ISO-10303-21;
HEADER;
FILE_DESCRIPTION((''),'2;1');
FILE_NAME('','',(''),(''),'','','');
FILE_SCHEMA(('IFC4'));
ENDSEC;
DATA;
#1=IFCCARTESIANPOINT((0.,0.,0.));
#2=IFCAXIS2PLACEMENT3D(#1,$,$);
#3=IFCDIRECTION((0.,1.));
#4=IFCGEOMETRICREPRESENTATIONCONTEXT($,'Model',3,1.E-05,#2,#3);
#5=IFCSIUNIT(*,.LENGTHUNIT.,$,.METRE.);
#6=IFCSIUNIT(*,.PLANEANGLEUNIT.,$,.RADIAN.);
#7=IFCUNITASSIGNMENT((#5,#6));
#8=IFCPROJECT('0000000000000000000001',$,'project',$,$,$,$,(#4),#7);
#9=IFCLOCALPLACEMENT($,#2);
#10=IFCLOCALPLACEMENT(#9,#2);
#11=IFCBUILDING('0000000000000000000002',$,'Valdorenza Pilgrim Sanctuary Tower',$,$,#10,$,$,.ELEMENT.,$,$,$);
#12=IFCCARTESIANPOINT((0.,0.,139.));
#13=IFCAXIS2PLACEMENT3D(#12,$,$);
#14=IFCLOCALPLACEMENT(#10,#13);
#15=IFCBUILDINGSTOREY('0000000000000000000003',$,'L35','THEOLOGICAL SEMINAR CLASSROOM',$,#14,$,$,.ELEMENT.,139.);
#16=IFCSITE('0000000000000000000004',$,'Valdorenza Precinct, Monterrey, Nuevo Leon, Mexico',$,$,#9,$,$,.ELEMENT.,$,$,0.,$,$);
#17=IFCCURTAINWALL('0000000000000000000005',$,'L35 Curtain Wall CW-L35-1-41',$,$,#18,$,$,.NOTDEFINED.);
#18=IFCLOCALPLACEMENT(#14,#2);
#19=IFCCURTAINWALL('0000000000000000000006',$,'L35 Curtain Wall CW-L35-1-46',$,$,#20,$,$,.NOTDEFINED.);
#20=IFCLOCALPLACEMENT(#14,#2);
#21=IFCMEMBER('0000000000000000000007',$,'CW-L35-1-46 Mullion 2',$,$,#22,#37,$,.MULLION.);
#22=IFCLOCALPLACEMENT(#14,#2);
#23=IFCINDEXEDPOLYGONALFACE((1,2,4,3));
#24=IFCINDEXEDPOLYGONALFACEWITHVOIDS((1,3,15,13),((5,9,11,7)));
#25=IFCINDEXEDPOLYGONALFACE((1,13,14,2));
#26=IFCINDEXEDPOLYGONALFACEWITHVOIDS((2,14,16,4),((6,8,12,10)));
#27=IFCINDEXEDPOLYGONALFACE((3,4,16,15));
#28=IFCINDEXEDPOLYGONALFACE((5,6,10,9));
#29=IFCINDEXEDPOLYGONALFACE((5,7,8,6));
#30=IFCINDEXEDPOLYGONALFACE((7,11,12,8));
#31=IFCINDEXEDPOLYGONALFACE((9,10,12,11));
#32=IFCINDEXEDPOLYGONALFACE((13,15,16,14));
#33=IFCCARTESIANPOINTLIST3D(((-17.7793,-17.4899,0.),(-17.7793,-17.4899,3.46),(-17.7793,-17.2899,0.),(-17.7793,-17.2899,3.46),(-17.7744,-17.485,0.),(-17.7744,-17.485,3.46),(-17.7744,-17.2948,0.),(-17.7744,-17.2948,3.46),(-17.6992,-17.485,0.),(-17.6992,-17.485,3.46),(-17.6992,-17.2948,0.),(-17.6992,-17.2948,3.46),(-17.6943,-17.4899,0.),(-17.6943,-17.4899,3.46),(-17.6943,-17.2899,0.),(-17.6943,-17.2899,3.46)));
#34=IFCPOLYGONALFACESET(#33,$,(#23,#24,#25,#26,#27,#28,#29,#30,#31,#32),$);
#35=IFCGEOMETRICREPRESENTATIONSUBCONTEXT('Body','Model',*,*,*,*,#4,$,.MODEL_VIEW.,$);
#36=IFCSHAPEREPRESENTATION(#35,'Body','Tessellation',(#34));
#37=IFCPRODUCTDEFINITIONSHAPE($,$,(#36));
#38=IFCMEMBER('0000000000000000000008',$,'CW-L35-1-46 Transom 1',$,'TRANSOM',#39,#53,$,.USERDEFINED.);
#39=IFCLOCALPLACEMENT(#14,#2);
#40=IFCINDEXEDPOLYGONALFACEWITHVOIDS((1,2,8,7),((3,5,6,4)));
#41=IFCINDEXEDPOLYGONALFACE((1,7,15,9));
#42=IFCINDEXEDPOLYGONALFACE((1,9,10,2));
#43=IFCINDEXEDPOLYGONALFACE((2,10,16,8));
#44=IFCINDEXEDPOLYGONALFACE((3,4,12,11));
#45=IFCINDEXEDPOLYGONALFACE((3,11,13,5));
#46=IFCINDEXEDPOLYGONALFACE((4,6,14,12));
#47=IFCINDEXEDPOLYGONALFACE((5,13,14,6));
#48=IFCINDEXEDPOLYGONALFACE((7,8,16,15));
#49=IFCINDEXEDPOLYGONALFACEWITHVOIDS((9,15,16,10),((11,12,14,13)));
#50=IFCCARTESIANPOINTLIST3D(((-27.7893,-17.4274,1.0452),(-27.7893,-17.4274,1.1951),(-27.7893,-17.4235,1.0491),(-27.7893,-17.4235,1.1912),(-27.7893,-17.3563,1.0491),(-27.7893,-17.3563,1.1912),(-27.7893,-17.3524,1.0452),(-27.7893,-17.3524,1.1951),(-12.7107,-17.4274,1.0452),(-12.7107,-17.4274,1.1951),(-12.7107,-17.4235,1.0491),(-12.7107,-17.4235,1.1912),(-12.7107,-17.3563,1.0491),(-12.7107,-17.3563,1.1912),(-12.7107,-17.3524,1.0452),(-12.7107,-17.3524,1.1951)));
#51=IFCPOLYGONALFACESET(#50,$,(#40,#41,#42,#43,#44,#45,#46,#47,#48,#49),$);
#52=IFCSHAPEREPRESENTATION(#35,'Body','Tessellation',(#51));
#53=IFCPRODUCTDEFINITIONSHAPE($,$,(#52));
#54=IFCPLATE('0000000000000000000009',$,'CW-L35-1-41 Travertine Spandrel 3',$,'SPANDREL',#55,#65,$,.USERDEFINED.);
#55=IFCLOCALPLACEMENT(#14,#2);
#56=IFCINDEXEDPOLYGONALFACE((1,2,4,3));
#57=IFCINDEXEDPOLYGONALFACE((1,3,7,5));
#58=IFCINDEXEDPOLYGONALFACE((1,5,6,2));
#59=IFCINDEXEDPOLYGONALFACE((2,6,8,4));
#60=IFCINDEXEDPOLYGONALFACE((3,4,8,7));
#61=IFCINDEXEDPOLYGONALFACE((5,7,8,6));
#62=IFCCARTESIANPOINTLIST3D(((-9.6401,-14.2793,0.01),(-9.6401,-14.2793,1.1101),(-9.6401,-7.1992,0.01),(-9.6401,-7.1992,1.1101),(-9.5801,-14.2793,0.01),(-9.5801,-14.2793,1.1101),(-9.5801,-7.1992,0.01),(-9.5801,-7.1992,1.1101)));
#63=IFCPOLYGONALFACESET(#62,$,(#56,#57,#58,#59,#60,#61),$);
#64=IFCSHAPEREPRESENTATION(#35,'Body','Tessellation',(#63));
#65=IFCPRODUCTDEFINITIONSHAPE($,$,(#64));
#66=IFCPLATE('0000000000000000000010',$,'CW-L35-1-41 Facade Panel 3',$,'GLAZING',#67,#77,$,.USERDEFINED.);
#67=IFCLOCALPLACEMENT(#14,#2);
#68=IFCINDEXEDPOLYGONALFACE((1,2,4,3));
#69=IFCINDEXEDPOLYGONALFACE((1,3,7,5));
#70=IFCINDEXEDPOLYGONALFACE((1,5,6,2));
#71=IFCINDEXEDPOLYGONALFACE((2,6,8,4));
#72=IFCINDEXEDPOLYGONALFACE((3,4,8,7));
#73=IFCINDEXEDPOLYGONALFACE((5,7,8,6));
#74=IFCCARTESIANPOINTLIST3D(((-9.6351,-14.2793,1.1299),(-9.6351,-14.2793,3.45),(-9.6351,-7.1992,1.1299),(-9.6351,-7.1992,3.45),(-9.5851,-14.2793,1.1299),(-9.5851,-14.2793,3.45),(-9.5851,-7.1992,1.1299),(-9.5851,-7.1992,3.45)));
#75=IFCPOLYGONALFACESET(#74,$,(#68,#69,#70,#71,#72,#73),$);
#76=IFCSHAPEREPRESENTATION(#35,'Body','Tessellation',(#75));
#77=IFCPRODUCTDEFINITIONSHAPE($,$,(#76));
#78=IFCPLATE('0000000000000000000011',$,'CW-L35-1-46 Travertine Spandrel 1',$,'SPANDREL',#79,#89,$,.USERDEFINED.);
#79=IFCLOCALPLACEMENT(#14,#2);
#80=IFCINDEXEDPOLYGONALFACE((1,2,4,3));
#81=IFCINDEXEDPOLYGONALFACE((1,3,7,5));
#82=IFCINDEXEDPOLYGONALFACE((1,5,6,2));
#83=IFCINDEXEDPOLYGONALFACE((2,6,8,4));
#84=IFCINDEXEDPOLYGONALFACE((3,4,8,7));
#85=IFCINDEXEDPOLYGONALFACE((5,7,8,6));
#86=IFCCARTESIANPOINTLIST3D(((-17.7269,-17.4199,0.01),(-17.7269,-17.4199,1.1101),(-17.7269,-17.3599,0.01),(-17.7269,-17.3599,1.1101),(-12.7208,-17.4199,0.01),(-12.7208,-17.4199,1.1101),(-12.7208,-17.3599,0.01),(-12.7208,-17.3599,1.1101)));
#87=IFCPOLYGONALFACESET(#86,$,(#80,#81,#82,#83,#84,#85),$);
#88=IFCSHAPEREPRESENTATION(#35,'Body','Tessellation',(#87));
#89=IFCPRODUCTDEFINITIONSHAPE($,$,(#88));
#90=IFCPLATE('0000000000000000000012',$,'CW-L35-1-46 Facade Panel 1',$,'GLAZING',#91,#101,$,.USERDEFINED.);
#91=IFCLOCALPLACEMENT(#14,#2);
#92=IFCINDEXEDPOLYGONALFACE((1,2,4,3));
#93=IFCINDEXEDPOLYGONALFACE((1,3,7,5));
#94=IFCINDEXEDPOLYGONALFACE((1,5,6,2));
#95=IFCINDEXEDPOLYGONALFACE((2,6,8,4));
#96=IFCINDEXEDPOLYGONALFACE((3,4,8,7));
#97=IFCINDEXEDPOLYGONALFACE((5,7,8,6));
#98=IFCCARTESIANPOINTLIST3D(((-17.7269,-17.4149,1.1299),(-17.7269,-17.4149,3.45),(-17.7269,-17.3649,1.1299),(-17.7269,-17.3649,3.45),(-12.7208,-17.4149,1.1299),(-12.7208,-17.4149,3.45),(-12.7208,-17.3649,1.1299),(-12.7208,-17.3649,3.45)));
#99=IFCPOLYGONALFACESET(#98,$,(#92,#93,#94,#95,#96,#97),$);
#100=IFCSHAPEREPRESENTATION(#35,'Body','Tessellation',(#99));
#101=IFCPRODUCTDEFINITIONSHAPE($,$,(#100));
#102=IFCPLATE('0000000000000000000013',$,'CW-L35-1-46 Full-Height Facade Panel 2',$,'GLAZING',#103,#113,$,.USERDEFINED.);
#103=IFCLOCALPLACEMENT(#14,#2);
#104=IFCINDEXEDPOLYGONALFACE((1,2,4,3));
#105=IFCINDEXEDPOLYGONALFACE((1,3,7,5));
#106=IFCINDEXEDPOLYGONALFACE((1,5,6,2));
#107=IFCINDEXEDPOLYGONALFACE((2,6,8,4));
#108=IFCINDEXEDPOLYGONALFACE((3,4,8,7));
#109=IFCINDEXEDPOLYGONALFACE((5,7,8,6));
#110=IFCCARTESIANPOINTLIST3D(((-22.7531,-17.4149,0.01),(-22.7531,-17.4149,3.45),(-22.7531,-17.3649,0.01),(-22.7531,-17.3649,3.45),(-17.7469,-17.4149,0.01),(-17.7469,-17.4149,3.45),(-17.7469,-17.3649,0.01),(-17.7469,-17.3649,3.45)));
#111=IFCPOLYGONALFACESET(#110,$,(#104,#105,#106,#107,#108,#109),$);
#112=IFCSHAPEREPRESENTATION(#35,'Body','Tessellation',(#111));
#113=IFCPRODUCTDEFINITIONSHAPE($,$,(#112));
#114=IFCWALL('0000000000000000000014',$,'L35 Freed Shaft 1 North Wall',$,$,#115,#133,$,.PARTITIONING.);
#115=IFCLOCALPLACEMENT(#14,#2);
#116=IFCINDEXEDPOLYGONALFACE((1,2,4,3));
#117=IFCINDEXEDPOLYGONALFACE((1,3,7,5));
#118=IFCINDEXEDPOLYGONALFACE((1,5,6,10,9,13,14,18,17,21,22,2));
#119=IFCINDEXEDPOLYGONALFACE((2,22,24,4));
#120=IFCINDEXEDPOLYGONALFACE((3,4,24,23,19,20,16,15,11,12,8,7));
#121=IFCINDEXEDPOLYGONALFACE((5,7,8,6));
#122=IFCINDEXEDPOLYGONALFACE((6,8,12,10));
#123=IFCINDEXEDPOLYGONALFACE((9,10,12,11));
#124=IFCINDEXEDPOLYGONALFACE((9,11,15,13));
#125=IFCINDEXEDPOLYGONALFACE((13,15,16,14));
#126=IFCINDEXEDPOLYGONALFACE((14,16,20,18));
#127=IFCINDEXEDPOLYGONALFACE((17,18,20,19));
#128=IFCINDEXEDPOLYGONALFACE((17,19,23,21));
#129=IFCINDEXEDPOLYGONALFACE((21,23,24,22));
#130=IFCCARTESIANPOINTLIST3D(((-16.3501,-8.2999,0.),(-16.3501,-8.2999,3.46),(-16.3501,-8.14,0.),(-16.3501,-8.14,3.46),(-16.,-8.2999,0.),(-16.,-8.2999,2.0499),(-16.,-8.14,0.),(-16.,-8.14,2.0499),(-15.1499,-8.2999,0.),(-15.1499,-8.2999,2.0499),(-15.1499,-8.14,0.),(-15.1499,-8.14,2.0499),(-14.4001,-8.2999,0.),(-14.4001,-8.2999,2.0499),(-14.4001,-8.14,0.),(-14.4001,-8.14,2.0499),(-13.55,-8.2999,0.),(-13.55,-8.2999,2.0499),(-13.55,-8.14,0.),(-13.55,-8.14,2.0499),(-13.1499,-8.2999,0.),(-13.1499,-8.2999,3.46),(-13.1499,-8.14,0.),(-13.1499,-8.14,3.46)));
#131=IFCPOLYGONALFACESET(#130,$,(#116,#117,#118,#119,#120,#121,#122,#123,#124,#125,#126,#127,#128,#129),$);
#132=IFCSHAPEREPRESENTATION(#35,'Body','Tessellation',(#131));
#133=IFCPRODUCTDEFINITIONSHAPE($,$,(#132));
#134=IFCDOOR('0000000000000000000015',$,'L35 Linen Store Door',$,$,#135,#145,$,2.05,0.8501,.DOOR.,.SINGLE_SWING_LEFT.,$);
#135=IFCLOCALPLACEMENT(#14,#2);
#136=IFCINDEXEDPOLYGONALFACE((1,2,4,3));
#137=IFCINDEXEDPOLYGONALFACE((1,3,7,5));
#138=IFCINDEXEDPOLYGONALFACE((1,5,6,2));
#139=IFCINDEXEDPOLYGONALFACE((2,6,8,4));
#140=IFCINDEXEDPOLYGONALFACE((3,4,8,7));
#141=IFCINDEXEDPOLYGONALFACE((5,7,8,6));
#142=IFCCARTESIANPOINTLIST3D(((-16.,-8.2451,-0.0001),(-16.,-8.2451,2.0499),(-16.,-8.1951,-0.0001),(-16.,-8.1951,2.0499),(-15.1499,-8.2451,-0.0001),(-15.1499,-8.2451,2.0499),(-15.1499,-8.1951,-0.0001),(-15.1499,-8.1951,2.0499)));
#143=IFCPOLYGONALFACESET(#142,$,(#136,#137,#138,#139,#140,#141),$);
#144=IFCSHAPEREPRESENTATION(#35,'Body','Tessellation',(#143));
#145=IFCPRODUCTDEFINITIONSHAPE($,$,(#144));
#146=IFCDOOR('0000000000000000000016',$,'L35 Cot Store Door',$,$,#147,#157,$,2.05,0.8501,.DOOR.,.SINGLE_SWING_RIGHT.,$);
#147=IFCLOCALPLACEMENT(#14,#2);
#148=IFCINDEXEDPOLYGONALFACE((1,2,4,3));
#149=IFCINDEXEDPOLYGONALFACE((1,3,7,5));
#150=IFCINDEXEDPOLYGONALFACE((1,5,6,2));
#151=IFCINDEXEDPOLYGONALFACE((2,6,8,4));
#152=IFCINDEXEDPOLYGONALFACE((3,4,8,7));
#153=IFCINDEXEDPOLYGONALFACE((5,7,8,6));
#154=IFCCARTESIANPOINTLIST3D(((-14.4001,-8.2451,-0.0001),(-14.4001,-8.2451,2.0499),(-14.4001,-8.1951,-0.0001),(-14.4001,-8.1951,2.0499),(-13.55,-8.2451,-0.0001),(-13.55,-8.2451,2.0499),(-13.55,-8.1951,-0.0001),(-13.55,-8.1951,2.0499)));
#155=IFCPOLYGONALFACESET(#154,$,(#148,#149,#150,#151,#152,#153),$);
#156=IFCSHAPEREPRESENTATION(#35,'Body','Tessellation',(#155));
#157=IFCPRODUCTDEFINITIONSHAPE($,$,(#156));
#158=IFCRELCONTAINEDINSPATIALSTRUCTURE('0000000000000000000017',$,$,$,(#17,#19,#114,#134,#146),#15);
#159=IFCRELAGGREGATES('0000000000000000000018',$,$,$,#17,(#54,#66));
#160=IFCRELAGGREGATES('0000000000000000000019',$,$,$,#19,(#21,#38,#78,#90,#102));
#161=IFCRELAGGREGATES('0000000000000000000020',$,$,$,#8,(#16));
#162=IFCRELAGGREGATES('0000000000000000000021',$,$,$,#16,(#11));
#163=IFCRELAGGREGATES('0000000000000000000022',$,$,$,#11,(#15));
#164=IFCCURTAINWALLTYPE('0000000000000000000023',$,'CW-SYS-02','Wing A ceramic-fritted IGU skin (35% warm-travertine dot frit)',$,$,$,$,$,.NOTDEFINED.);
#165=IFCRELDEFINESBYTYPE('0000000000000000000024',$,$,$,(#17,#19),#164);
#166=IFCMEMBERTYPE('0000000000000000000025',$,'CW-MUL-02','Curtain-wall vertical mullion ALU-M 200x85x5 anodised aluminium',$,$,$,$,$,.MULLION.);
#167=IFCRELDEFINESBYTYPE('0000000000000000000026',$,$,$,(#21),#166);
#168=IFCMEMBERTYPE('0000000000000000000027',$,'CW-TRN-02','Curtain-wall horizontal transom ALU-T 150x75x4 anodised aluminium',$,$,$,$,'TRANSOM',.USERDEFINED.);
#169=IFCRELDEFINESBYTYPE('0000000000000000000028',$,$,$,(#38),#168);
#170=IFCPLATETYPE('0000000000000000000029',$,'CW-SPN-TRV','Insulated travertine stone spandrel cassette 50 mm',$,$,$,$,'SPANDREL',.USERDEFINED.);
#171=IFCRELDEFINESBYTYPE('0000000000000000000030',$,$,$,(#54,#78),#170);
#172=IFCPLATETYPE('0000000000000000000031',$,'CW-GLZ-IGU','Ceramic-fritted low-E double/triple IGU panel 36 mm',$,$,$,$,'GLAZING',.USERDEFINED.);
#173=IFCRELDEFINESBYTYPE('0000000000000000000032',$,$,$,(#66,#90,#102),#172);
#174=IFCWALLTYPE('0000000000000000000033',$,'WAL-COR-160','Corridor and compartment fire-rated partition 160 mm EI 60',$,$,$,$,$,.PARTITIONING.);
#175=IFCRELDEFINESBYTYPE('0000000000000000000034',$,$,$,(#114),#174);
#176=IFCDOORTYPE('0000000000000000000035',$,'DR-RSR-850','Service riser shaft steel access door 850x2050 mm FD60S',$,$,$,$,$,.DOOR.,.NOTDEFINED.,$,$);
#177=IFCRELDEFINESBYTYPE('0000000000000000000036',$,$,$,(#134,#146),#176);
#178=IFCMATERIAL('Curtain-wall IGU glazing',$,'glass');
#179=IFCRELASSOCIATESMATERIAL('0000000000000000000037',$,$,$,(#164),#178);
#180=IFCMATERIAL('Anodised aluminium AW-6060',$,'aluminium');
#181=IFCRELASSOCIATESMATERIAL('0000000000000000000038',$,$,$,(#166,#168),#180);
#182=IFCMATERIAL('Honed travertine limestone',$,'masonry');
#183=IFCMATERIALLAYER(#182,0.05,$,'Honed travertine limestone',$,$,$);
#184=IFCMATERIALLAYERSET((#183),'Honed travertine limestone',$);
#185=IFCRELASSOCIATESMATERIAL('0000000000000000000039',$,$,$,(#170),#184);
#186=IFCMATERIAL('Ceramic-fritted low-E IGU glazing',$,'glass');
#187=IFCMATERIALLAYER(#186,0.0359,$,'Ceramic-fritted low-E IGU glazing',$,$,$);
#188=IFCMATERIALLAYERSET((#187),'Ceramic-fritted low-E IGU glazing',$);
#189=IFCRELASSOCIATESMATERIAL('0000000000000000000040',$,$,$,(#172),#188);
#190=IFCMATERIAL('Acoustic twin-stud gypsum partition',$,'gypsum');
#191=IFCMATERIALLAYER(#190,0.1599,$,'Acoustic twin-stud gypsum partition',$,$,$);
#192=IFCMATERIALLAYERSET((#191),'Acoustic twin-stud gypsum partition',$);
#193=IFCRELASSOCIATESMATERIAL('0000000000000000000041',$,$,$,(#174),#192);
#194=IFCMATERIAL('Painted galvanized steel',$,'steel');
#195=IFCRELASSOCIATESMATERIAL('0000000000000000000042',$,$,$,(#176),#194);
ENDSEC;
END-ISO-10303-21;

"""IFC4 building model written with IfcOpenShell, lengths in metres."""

from ifc_helpers import new_model, si_unit, direction, frame, frame_2d, origin, origin_2d, place, context, subcontext, project, spatial, rectangle, hollow_rectangle, extrude, source, transform, mapped, material, layer, layer_set, material_profile, profile_set, type_object, element, fill, aggregate, save


model = new_model("IFC4")

# Units and contexts
model_context = context("Model", 3, precision=1e-05, world=origin(), true_north=direction((0.0, 1.0)))
body_context = subcontext(model_context, "Body", "Model", "MODEL_VIEW")
ifc_project = project(units=[si_unit("LENGTHUNIT", "METRE"), si_unit("PLANEANGLEUNIT", "RADIAN")], contexts=[model_context])

# Site, building, storey
site_placement = place(None, origin())
site = spatial("IfcSite", under=ifc_project, at=site_placement, Name="Valdorenza Precinct, Monterrey, Nuevo Leon, Mexico", CompositionType="ELEMENT", RefElevation=0.0)
building_placement = place(site_placement, origin())
building = spatial("IfcBuilding", under=site, at=building_placement, Name="Valdorenza Pilgrim Sanctuary Tower", CompositionType="ELEMENT")
storey_placement = place(building_placement, frame((0.0, 0.0, 139.0)))
storey = spatial("IfcBuildingStorey", under=building, at=storey_placement, Name="L35", Description="THEOLOGICAL SEMINAR CLASSROOM", CompositionType="ELEMENT", Elevation=139.0)

# Curtain wall
ifc_material_1 = material(Name="Curtain-wall IGU glazing", Category="glass")
curtain_wall_type = type_object("IfcCurtainWallType", Name="CW-SYS-02", Description="Wing A ceramic-fritted IGU skin (35% warm-travertine dot frit)", PredefinedType="NOTDEFINED", material=ifc_material_1)
curtain_wall_1_placement = place(storey_placement, origin())
curtain_wall_1 = element("IfcCurtainWall", 1, at=curtain_wall_1_placement, inside=storey, type_object=curtain_wall_type, Name="L35 Curtain Wall CW-L35-1-41", PredefinedType="NOTDEFINED")
ifc_material_2 = material(Name="Anodised aluminium AW-6060", Category="aluminium")
ifc_material_profile_1 = material_profile(ifc_material_2, hollow_rectangle(XDim=0.085, YDim=0.2, WallThickness=0.0049, at=origin_2d()), Name="ALU-M 200x85x5")
ifc_profile_set_1 = profile_set([ifc_material_profile_1], Name="Anodised aluminium AW-6060")
member_type_1 = type_object("IfcMemberType", Name="CW-MUL-02", Description="Curtain-wall vertical mullion ALU-M 200x85x5 anodised aluminium", PredefinedType="MULLION", material=ifc_profile_set_1)
shared_shape_1 = source(origin(), body_context, "Body", "SweptSolid", [
    extrude(hollow_rectangle(XDim=0.085, YDim=0.2, WallThickness=0.0049, at=origin_2d()), origin(), (0.0, 0.0, 1.0), 3.46),
])

# Curtain wall, members
curtain_wall_2_placement = place(storey_placement, origin())
curtain_wall_2 = element("IfcCurtainWall", 2, at=curtain_wall_2_placement, inside=storey, type_object=curtain_wall_type, Name="L35 Curtain Wall CW-L35-1-46", PredefinedType="NOTDEFINED")
member_1_placement = place(storey_placement, frame((-17.7368, -17.3899, 0.0), z_axis=(0.0, 0.0, 1.0), x_axis=(-1.0, 0.0, 0.0)))
member_1 = element("IfcMember", 3, at=member_1_placement, type_object=member_type_1, Name="CW-L35-1-46 Mullion 2", PredefinedType="MULLION", context=body_context, shape_type="MappedRepresentation", body=[
    mapped(shared_shape_1, transform((0.0, 0.0, 0.0), x_axis=(1.0, 0.0, 0.0), y_axis=(0.0, 1.0, 0.0), z_axis=(0.0, 0.0, 1.0), scale=1.0)),
])
ifc_material_profile_2 = material_profile(ifc_material_2, hollow_rectangle(XDim=0.075, YDim=0.1499, WallThickness=0.0039, at=origin_2d()), Name="ALU-T 150x75x4")
ifc_profile_set_2 = profile_set([ifc_material_profile_2], Name="Anodised aluminium AW-6060")
member_type_2 = type_object("IfcMemberType", Name="CW-TRN-02", Description="Curtain-wall horizontal transom ALU-T 150x75x4 anodised aluminium", ElementType="TRANSOM", PredefinedType="USERDEFINED", material=ifc_profile_set_2)
shared_shape_2 = source(origin(), body_context, "Body", "SweptSolid", [
    extrude(hollow_rectangle(XDim=0.075, YDim=0.1499, WallThickness=0.0039, at=origin_2d()), origin(), (0.0, 0.0, 1.0), 15.0786),
])
member_2_placement = place(storey_placement, frame((-12.7107, -17.3899, 1.1201), z_axis=(-1.0, 0.0, 0.0), x_axis=(0.0, -1.0, 0.0)))
member_2 = element("IfcMember", 4, at=member_2_placement, type_object=member_type_2, Name="CW-L35-1-46 Transom 1", ObjectType="TRANSOM", PredefinedType="USERDEFINED", context=body_context, shape_type="MappedRepresentation", body=[
    mapped(shared_shape_2, transform((0.0, 0.0, 0.0), x_axis=(1.0, 0.0, 0.0), y_axis=(0.0, 1.0, 0.0), z_axis=(0.0, 0.0, 1.0), scale=1.0)),
])

# Plates
ifc_material_3 = material(Name="Honed travertine limestone", Category="masonry")
ifc_layer_1 = layer(ifc_material_3, 0.05, Name="Honed travertine limestone")
ifc_layer_set_1 = layer_set([ifc_layer_1], Name="Honed travertine limestone")
plate_type_1 = type_object("IfcPlateType", Name="CW-SPN-TRV", Description="Insulated travertine stone spandrel cassette 50 mm", ElementType="SPANDREL", PredefinedType="USERDEFINED", material=ifc_layer_set_1)
shared_shape_3 = source(origin(), body_context, "Body", "SweptSolid", [
    extrude(rectangle(XDim=7.0801, YDim=0.0601, at=origin_2d()), origin(), (0.0, 0.0, 1.0), 1.1001),
])
plate_1_placement = place(storey_placement, frame((-9.6101, -10.7393, 0.01), z_axis=(0.0, 0.0, 1.0), x_axis=(0.0, -1.0, 0.0)))
plate_1 = element("IfcPlate", 5, at=plate_1_placement, type_object=plate_type_1, Name="CW-L35-1-41 Travertine Spandrel 3", ObjectType="SPANDREL", PredefinedType="USERDEFINED", context=body_context, shape_type="MappedRepresentation", body=[
    mapped(shared_shape_3, transform((0.0, 0.0, 0.0), x_axis=(1.0, 0.0, 0.0), y_axis=(0.0, 1.0, 0.0), z_axis=(0.0, 0.0, 1.0), scale=1.0)),
])
ifc_material_4 = material(Name="Ceramic-fritted low-E IGU glazing", Category="glass")
ifc_layer_2 = layer(ifc_material_4, 0.0359, Name="Ceramic-fritted low-E IGU glazing")
ifc_layer_set_2 = layer_set([ifc_layer_2], Name="Ceramic-fritted low-E IGU glazing")
plate_type_2 = type_object("IfcPlateType", Name="CW-GLZ-IGU", Description="Ceramic-fritted low-E double/triple IGU panel 36 mm", ElementType="GLAZING", PredefinedType="USERDEFINED", material=ifc_layer_set_2)
shared_shape_4 = source(origin(), body_context, "Body", "SweptSolid", [
    extrude(rectangle(XDim=7.0801, YDim=0.05, at=origin_2d()), origin(), (0.0, 0.0, 1.0), 2.3201),
])
plate_2_placement = place(storey_placement, frame((-9.6101, -10.7393, 1.1299), z_axis=(0.0, 0.0, 1.0), x_axis=(0.0, -1.0, 0.0)))
plate_2 = element("IfcPlate", 6, at=plate_2_placement, type_object=plate_type_2, Name="CW-L35-1-41 Facade Panel 3", ObjectType="GLAZING", PredefinedType="USERDEFINED", context=body_context, shape_type="MappedRepresentation", body=[
    mapped(shared_shape_4, transform((0.0, 0.0, 0.0), x_axis=(1.0, 0.0, 0.0), y_axis=(0.0, 1.0, 0.0), z_axis=(0.0, 0.0, 1.0), scale=1.0)),
])
aggregate(curtain_wall_1, [plate_1, plate_2])
shared_shape_5 = source(origin(), body_context, "Body", "SweptSolid", [
    extrude(rectangle(XDim=5.0061, YDim=0.0601, at=origin_2d()), origin(), (0.0, 0.0, 1.0), 1.1001),
])
plate_3_placement = place(storey_placement, frame((-15.2239, -17.3899, 0.01), z_axis=(0.0, 0.0, 1.0), x_axis=(-1.0, 0.0, 0.0)))
plate_3 = element("IfcPlate", 7, at=plate_3_placement, type_object=plate_type_1, Name="CW-L35-1-46 Travertine Spandrel 1", ObjectType="SPANDREL", PredefinedType="USERDEFINED", context=body_context, shape_type="MappedRepresentation", body=[
    mapped(shared_shape_5, transform((0.0, 0.0, 0.0), x_axis=(1.0, 0.0, 0.0), y_axis=(0.0, 1.0, 0.0), z_axis=(0.0, 0.0, 1.0), scale=1.0)),
])
shared_shape_6 = source(origin(), body_context, "Body", "SweptSolid", [
    extrude(rectangle(XDim=5.0061, YDim=0.05, at=origin_2d()), origin(), (0.0, 0.0, 1.0), 2.3201),
])
plate_4_placement = place(storey_placement, frame((-15.2239, -17.3899, 1.1299), z_axis=(0.0, 0.0, 1.0), x_axis=(-1.0, 0.0, 0.0)))
plate_4 = element("IfcPlate", 8, at=plate_4_placement, type_object=plate_type_2, Name="CW-L35-1-46 Facade Panel 1", ObjectType="GLAZING", PredefinedType="USERDEFINED", context=body_context, shape_type="MappedRepresentation", body=[
    mapped(shared_shape_6, transform((0.0, 0.0, 0.0), x_axis=(1.0, 0.0, 0.0), y_axis=(0.0, 1.0, 0.0), z_axis=(0.0, 0.0, 1.0), scale=1.0)),
])
shared_shape_7 = source(origin(), body_context, "Body", "SweptSolid", [
    extrude(rectangle(XDim=5.0061, YDim=0.05, at=origin_2d()), origin(), (0.0, 0.0, 1.0), 3.4399),
])
plate_5_placement = place(storey_placement, frame((-20.25, -17.3899, 0.01), z_axis=(0.0, 0.0, 1.0), x_axis=(-1.0, 0.0, 0.0)))
plate_5 = element("IfcPlate", 9, at=plate_5_placement, type_object=plate_type_2, Name="CW-L35-1-46 Full-Height Facade Panel 2", ObjectType="GLAZING", PredefinedType="USERDEFINED", context=body_context, shape_type="MappedRepresentation", body=[
    mapped(shared_shape_7, transform((0.0, 0.0, 0.0), x_axis=(1.0, 0.0, 0.0), y_axis=(0.0, 1.0, 0.0), z_axis=(0.0, 0.0, 1.0), scale=1.0)),
])
aggregate(curtain_wall_2, [member_1, member_2, plate_3, plate_4, plate_5])

# Wall, openings, doors
ifc_material_5 = material(Name="Acoustic twin-stud gypsum partition", Category="gypsum")
ifc_layer_3 = layer(ifc_material_5, 0.1599, Name="Acoustic twin-stud gypsum partition")
ifc_layer_set_3 = layer_set([ifc_layer_3], Name="Acoustic twin-stud gypsum partition")
wall_type_1 = type_object("IfcWallType", Name="WAL-COR-160", Description="Corridor and compartment fire-rated partition 160 mm EI 60", PredefinedType="PARTITIONING", material=ifc_layer_set_3)
wall_1_placement = place(storey_placement, frame((-16.3501, -8.22, 0.0), z_axis=(0.0, 0.0, 1.0), x_axis=(1.0, 0.0, 0.0)))
wall_1 = element("IfcWall", 10, at=wall_1_placement, inside=storey, type_object=wall_type_1, Name="L35 Freed Shaft 1 North Wall", PredefinedType="PARTITIONING", context=body_context, shape_type="SweptSolid", body=[
    extrude(rectangle(XDim=3.2002, YDim=0.1599, at=frame_2d((1.6001, 0.0))), origin(), (0.0, 0.0, 1.0), 3.46),
])
opening_1_placement = place(wall_1_placement, frame((0.3501, 0.0, 0.0)))
opening_1 = element("IfcOpeningElement", 11, at=opening_1_placement, cuts=wall_1, PredefinedType="OPENING", context=body_context, shape_type="SweptSolid", body=[
    extrude(rectangle(XDim=0.8501, YDim=2.05, at=frame_2d((0.425, 1.0249))), frame((0.0, 0.0947, 0.0), z_axis=(0.0, -1.0, 0.0), x_axis=(1.0, 0.0, 0.0)), (0.0, 0.0, 1.0), 0.1897),
])
opening_2_placement = place(wall_1_placement, frame((1.95, 0.0, 0.0)))
opening_2 = element("IfcOpeningElement", 12, at=opening_2_placement, cuts=wall_1, PredefinedType="OPENING", context=body_context, shape_type="SweptSolid", body=[
    extrude(rectangle(XDim=0.8501, YDim=2.05, at=frame_2d((0.425, 1.0249))), frame((0.0, 0.0947, 0.0), z_axis=(0.0, -1.0, 0.0), x_axis=(1.0, 0.0, 0.0)), (0.0, 0.0, 1.0), 0.1897),
])
ifc_material_6 = material(Name="Painted galvanized steel", Category="steel")
door_type_1 = type_object("IfcDoorType", Name="DR-RSR-850", Description="Service riser shaft steel access door 850x2050 mm FD60S", OperationType="NOTDEFINED", PredefinedType="DOOR", material=ifc_material_6)
door_1_placement = place(opening_1_placement, origin())
door_1 = element("IfcDoor", 13, at=door_1_placement, inside=storey, type_object=door_type_1, Name="L35 Linen Store Door", OperationType="SINGLE_SWING_LEFT", OverallHeight=2.05, OverallWidth=0.8501, PredefinedType="DOOR", context=body_context, shape_type="SweptSolid", body=[
    extrude(rectangle(XDim=0.8501, YDim=2.05, at=frame_2d((0.425, 1.0249))), frame((0.0, 0.0249, 0.0), z_axis=(0.0, -1.0, 0.0), x_axis=(1.0, 0.0, 0.0)), (0.0, 0.0, 1.0), 0.05),
])
fill(opening_1, door_1)
door_2_placement = place(opening_2_placement, origin())
door_2 = element("IfcDoor", 14, at=door_2_placement, inside=storey, type_object=door_type_1, Name="L35 Cot Store Door", OperationType="SINGLE_SWING_RIGHT", OverallHeight=2.05, OverallWidth=0.8501, PredefinedType="DOOR", context=body_context, shape_type="SweptSolid", body=[
    extrude(rectangle(XDim=0.8501, YDim=2.05, at=frame_2d((0.425, 1.0249))), frame((0.0, 0.0249, 0.0), z_axis=(0.0, -1.0, 0.0), x_axis=(1.0, 0.0, 0.0)), (0.0, 0.0, 1.0), 0.05),
])
fill(opening_2, door_2)

save(model, "model.ifc")
